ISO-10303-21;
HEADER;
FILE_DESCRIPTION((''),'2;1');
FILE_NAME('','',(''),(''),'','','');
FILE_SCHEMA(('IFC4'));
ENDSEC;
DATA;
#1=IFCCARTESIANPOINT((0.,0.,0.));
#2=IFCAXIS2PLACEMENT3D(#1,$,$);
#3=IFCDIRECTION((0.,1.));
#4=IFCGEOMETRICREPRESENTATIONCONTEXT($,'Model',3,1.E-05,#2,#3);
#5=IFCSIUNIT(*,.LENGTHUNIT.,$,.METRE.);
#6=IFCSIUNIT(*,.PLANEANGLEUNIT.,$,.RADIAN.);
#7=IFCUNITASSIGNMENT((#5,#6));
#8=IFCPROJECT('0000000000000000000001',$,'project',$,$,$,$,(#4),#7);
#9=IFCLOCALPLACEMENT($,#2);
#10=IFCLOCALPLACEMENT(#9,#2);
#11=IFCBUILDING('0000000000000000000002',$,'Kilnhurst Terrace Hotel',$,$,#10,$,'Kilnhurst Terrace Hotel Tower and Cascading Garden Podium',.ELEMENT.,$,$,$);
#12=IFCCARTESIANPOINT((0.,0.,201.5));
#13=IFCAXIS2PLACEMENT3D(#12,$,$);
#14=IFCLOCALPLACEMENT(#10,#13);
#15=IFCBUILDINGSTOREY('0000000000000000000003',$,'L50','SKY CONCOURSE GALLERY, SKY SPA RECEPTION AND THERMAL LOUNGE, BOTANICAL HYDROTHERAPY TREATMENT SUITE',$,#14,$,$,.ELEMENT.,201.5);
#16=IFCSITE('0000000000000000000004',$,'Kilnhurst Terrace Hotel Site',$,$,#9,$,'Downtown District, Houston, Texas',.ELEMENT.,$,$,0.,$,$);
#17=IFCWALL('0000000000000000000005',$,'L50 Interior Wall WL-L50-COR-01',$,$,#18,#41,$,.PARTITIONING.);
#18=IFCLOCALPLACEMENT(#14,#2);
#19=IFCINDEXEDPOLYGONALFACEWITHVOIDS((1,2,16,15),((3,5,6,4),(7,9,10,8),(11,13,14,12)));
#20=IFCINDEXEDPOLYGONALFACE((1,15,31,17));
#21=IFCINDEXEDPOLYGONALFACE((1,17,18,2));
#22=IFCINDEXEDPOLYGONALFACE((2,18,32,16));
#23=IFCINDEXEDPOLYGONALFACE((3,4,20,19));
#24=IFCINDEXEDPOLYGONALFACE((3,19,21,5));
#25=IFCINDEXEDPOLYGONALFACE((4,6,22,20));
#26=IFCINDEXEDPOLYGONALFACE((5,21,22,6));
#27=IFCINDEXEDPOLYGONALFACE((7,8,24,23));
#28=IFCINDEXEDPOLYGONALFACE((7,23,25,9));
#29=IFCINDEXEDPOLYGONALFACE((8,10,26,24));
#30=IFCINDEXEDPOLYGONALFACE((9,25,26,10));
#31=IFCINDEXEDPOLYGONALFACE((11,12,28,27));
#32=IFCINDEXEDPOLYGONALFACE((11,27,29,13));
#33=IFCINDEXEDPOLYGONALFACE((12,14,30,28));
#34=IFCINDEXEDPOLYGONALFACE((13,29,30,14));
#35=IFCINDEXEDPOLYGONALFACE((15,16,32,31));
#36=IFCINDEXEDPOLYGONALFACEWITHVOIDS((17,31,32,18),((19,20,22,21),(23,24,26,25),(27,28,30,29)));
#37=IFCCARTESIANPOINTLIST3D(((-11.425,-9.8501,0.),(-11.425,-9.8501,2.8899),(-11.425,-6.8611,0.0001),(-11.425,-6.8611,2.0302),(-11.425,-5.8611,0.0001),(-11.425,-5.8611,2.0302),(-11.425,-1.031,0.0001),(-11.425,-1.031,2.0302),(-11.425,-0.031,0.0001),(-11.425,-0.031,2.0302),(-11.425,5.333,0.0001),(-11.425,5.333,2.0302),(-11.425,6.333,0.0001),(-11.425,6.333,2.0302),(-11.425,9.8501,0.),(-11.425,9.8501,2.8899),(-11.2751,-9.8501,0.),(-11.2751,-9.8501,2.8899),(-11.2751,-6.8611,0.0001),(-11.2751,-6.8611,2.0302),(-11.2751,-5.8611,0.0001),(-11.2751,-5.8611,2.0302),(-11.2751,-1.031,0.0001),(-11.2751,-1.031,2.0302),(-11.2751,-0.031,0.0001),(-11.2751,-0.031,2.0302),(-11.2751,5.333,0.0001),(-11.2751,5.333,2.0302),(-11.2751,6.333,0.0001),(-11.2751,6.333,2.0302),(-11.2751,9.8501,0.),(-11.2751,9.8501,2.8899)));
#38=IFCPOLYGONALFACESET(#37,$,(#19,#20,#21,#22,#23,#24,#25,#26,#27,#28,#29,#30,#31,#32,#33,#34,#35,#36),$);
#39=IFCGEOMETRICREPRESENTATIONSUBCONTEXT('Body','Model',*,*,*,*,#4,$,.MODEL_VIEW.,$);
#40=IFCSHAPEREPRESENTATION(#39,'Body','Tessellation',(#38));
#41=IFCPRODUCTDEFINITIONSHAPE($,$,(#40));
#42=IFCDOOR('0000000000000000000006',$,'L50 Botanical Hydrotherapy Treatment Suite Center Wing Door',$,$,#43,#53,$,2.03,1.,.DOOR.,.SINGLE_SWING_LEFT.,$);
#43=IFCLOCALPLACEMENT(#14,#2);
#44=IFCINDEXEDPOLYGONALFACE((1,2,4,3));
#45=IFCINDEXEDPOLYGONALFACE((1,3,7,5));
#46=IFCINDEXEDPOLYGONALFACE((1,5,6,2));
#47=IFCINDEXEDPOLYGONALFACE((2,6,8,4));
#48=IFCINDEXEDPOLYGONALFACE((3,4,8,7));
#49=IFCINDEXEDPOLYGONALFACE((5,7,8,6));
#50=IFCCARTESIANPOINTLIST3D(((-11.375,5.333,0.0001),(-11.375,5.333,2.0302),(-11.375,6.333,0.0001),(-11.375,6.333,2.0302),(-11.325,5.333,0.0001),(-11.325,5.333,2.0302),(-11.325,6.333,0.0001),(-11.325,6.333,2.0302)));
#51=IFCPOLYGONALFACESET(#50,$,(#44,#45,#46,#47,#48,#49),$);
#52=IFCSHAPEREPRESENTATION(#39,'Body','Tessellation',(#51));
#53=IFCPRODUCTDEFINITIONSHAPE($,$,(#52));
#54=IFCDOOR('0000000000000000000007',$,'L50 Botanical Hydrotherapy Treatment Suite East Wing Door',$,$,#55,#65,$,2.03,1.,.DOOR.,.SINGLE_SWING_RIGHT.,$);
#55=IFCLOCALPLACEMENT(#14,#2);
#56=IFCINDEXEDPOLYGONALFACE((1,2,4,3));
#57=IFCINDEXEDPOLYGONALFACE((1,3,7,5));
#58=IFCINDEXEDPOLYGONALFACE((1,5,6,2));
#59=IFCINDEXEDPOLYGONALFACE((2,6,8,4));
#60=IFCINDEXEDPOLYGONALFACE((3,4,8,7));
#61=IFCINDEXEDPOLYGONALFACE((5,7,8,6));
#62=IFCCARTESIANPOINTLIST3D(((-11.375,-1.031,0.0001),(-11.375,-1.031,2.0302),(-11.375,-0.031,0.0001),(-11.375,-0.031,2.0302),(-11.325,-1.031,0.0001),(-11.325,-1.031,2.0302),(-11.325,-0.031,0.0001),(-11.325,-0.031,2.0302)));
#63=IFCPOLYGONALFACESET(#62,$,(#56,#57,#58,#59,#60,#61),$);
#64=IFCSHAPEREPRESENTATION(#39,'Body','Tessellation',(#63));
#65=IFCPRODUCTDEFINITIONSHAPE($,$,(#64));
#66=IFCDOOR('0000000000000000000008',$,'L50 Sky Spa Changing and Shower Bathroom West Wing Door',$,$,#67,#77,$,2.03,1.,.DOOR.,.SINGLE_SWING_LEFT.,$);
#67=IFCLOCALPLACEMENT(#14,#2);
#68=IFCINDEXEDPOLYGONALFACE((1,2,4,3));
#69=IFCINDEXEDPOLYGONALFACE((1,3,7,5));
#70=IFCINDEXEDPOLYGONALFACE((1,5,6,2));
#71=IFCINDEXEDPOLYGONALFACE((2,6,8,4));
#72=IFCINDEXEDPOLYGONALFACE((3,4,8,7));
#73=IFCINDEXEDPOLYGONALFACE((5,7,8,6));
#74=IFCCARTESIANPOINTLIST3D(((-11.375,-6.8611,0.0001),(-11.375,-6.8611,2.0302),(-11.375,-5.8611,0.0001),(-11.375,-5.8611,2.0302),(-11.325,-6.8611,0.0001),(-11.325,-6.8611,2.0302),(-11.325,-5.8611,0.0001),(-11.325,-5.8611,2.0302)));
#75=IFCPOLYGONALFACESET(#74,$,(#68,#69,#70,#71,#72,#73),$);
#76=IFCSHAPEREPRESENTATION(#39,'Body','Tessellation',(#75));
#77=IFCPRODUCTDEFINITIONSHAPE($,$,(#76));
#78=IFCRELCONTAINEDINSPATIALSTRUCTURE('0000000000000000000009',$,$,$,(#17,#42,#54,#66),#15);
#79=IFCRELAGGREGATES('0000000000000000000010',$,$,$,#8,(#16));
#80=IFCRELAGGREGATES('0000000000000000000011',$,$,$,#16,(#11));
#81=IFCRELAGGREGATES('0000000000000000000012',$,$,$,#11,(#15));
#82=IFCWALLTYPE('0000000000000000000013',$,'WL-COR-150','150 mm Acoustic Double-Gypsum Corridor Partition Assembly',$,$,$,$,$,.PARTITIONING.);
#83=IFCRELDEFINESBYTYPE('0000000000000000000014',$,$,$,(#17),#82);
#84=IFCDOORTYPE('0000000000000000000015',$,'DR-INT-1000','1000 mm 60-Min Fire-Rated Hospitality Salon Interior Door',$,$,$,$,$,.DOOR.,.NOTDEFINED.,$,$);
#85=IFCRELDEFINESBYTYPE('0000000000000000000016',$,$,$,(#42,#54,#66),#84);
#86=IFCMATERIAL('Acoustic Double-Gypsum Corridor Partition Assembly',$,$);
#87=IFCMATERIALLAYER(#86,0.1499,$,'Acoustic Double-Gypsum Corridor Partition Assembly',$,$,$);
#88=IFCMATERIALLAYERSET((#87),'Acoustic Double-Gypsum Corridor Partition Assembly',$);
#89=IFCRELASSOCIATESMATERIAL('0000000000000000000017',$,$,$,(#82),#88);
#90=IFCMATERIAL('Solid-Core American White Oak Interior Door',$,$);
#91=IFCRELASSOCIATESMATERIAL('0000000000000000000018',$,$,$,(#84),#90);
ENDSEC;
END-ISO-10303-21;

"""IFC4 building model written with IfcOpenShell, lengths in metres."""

from ifc_helpers import new_model, si_unit, direction, frame, frame_2d, origin, place, context, subcontext, project, spatial, rectangle, extrude, material, layer, layer_set, type_object, element, fill, save


model = new_model("IFC4")

# Units and contexts
model_context = context("Model", 3, precision=1e-05, world=origin(), true_north=direction((0.0, 1.0)))
body_context = subcontext(model_context, "Body", "Model", "MODEL_VIEW")
ifc_project = project(units=[si_unit("LENGTHUNIT", "METRE"), si_unit("PLANEANGLEUNIT", "RADIAN")], contexts=[model_context])

# Site, building, storey
site_placement = place(None, origin())
site = spatial("IfcSite", under=ifc_project, at=site_placement, Name="Kilnhurst Terrace Hotel Site", LongName="Downtown District, Houston, Texas", CompositionType="ELEMENT", RefElevation=0.0)
building_placement = place(site_placement, origin())
building = spatial("IfcBuilding", under=site, at=building_placement, Name="Kilnhurst Terrace Hotel", LongName="Kilnhurst Terrace Hotel Tower and Cascading Garden Podium", CompositionType="ELEMENT")
storey_placement = place(building_placement, frame((0.0, 0.0, 201.5)))
storey = spatial("IfcBuildingStorey", under=building, at=storey_placement, Name="L50", Description="SKY CONCOURSE GALLERY, SKY SPA RECEPTION AND THERMAL LOUNGE, BOTANICAL HYDROTHERAPY TREATMENT SUITE", CompositionType="ELEMENT", Elevation=201.5)

# Wall, openings, doors
ifc_material_1 = material(Name="Acoustic Double-Gypsum Corridor Partition Assembly")
ifc_layer_1 = layer(ifc_material_1, 0.1499, Name="Acoustic Double-Gypsum Corridor Partition Assembly")
ifc_layer_set_1 = layer_set([ifc_layer_1], Name="Acoustic Double-Gypsum Corridor Partition Assembly")
wall_type_1 = type_object("IfcWallType", Name="WL-COR-150", Description="150 mm Acoustic Double-Gypsum Corridor Partition Assembly", PredefinedType="PARTITIONING", material=ifc_layer_set_1)
wall_1_placement = place(storey_placement, frame((-11.3501, -9.8501, 0.0), z_axis=(0.0, 0.0, 1.0), x_axis=(0.0, 1.0, 0.0)))
wall_1 = element("IfcWall", 1, at=wall_1_placement, inside=storey, type_object=wall_type_1, Name="L50 Interior Wall WL-L50-COR-01", PredefinedType="PARTITIONING", context=body_context, shape_type="SweptSolid", body=[
    extrude(rectangle(XDim=19.7002, YDim=0.1499, at=frame_2d((9.8501, 0.0))), origin(), (0.0, 0.0, 1.0), 2.8899),
])
opening_1_placement = place(wall_1_placement, frame((15.1831, 0.0, 0.0)))
opening_1 = element("IfcOpeningElement", 2, at=opening_1_placement, cuts=wall_1, PredefinedType="OPENING", context=body_context, shape_type="SweptSolid", body=[
    extrude(rectangle(XDim=1.0, YDim=2.03, at=frame_2d((0.5, 1.0151))), frame((0.0, 0.085, 0.0), z_axis=(0.0, -1.0, 0.0), x_axis=(1.0, 0.0, 0.0)), (0.0, 0.0, 1.0), 0.1699),
])
opening_2_placement = place(wall_1_placement, frame((8.8191, 0.0, 0.0)))
opening_2 = element("IfcOpeningElement", 3, at=opening_2_placement, cuts=wall_1, PredefinedType="OPENING", context=body_context, shape_type="SweptSolid", body=[
    extrude(rectangle(XDim=1.0, YDim=2.03, at=frame_2d((0.5, 1.0151))), frame((0.0, 0.085, 0.0), z_axis=(0.0, -1.0, 0.0), x_axis=(1.0, 0.0, 0.0)), (0.0, 0.0, 1.0), 0.1699),
])
opening_3_placement = place(wall_1_placement, frame((2.989, 0.0, 0.0)))
opening_3 = element("IfcOpeningElement", 4, at=opening_3_placement, cuts=wall_1, PredefinedType="OPENING", context=body_context, shape_type="SweptSolid", body=[
    extrude(rectangle(XDim=1.0, YDim=2.03, at=frame_2d((0.5, 1.0151))), frame((0.0, 0.085, 0.0), z_axis=(0.0, -1.0, 0.0), x_axis=(1.0, 0.0, 0.0)), (0.0, 0.0, 1.0), 0.1699),
])
ifc_material_2 = material(Name="Solid-Core American White Oak Interior Door")
door_type = type_object("IfcDoorType", Name="DR-INT-1000", Description="1000 mm 60-Min Fire-Rated Hospitality Salon Interior Door", OperationType="NOTDEFINED", PredefinedType="DOOR", material=ifc_material_2)
door_1_placement = place(opening_1_placement, origin())
door_1 = element("IfcDoor", 5, at=door_1_placement, inside=storey, type_object=door_type, Name="L50 Botanical Hydrotherapy Treatment Suite Center Wing Door", OperationType="SINGLE_SWING_LEFT", OverallHeight=2.03, OverallWidth=1.0, PredefinedType="DOOR", context=body_context, shape_type="SweptSolid", body=[
    extrude(rectangle(XDim=1.0, YDim=2.03, at=frame_2d((0.5, 1.0151))), frame((0.0, 0.0249, 0.0), z_axis=(0.0, -1.0, 0.0), x_axis=(1.0, 0.0, 0.0)), (0.0, 0.0, 1.0), 0.05),
])
fill(opening_1, door_1)
door_2_placement = place(opening_2_placement, origin())
door_2 = element("IfcDoor", 6, at=door_2_placement, inside=storey, type_object=door_type, Name="L50 Botanical Hydrotherapy Treatment Suite East Wing Door", OperationType="SINGLE_SWING_RIGHT", OverallHeight=2.03, OverallWidth=1.0, PredefinedType="DOOR", context=body_context, shape_type="SweptSolid", body=[
    extrude(rectangle(XDim=1.0, YDim=2.03, at=frame_2d((0.5, 1.0151))), frame((0.0, 0.0249, 0.0), z_axis=(0.0, -1.0, 0.0), x_axis=(1.0, 0.0, 0.0)), (0.0, 0.0, 1.0), 0.05),
])
fill(opening_2, door_2)
door_3_placement = place(opening_3_placement, origin())
door_3 = element("IfcDoor", 7, at=door_3_placement, inside=storey, type_object=door_type, Name="L50 Sky Spa Changing and Shower Bathroom West Wing Door", OperationType="SINGLE_SWING_LEFT", OverallHeight=2.03, OverallWidth=1.0, PredefinedType="DOOR", context=body_context, shape_type="SweptSolid", body=[
    extrude(rectangle(XDim=1.0, YDim=2.03, at=frame_2d((0.5, 1.0151))), frame((0.0, 0.0249, 0.0), z_axis=(0.0, -1.0, 0.0), x_axis=(1.0, 0.0, 0.0)), (0.0, 0.0, 1.0), 0.05),
])
fill(opening_3, door_3)

save(model, "model.ifc")
